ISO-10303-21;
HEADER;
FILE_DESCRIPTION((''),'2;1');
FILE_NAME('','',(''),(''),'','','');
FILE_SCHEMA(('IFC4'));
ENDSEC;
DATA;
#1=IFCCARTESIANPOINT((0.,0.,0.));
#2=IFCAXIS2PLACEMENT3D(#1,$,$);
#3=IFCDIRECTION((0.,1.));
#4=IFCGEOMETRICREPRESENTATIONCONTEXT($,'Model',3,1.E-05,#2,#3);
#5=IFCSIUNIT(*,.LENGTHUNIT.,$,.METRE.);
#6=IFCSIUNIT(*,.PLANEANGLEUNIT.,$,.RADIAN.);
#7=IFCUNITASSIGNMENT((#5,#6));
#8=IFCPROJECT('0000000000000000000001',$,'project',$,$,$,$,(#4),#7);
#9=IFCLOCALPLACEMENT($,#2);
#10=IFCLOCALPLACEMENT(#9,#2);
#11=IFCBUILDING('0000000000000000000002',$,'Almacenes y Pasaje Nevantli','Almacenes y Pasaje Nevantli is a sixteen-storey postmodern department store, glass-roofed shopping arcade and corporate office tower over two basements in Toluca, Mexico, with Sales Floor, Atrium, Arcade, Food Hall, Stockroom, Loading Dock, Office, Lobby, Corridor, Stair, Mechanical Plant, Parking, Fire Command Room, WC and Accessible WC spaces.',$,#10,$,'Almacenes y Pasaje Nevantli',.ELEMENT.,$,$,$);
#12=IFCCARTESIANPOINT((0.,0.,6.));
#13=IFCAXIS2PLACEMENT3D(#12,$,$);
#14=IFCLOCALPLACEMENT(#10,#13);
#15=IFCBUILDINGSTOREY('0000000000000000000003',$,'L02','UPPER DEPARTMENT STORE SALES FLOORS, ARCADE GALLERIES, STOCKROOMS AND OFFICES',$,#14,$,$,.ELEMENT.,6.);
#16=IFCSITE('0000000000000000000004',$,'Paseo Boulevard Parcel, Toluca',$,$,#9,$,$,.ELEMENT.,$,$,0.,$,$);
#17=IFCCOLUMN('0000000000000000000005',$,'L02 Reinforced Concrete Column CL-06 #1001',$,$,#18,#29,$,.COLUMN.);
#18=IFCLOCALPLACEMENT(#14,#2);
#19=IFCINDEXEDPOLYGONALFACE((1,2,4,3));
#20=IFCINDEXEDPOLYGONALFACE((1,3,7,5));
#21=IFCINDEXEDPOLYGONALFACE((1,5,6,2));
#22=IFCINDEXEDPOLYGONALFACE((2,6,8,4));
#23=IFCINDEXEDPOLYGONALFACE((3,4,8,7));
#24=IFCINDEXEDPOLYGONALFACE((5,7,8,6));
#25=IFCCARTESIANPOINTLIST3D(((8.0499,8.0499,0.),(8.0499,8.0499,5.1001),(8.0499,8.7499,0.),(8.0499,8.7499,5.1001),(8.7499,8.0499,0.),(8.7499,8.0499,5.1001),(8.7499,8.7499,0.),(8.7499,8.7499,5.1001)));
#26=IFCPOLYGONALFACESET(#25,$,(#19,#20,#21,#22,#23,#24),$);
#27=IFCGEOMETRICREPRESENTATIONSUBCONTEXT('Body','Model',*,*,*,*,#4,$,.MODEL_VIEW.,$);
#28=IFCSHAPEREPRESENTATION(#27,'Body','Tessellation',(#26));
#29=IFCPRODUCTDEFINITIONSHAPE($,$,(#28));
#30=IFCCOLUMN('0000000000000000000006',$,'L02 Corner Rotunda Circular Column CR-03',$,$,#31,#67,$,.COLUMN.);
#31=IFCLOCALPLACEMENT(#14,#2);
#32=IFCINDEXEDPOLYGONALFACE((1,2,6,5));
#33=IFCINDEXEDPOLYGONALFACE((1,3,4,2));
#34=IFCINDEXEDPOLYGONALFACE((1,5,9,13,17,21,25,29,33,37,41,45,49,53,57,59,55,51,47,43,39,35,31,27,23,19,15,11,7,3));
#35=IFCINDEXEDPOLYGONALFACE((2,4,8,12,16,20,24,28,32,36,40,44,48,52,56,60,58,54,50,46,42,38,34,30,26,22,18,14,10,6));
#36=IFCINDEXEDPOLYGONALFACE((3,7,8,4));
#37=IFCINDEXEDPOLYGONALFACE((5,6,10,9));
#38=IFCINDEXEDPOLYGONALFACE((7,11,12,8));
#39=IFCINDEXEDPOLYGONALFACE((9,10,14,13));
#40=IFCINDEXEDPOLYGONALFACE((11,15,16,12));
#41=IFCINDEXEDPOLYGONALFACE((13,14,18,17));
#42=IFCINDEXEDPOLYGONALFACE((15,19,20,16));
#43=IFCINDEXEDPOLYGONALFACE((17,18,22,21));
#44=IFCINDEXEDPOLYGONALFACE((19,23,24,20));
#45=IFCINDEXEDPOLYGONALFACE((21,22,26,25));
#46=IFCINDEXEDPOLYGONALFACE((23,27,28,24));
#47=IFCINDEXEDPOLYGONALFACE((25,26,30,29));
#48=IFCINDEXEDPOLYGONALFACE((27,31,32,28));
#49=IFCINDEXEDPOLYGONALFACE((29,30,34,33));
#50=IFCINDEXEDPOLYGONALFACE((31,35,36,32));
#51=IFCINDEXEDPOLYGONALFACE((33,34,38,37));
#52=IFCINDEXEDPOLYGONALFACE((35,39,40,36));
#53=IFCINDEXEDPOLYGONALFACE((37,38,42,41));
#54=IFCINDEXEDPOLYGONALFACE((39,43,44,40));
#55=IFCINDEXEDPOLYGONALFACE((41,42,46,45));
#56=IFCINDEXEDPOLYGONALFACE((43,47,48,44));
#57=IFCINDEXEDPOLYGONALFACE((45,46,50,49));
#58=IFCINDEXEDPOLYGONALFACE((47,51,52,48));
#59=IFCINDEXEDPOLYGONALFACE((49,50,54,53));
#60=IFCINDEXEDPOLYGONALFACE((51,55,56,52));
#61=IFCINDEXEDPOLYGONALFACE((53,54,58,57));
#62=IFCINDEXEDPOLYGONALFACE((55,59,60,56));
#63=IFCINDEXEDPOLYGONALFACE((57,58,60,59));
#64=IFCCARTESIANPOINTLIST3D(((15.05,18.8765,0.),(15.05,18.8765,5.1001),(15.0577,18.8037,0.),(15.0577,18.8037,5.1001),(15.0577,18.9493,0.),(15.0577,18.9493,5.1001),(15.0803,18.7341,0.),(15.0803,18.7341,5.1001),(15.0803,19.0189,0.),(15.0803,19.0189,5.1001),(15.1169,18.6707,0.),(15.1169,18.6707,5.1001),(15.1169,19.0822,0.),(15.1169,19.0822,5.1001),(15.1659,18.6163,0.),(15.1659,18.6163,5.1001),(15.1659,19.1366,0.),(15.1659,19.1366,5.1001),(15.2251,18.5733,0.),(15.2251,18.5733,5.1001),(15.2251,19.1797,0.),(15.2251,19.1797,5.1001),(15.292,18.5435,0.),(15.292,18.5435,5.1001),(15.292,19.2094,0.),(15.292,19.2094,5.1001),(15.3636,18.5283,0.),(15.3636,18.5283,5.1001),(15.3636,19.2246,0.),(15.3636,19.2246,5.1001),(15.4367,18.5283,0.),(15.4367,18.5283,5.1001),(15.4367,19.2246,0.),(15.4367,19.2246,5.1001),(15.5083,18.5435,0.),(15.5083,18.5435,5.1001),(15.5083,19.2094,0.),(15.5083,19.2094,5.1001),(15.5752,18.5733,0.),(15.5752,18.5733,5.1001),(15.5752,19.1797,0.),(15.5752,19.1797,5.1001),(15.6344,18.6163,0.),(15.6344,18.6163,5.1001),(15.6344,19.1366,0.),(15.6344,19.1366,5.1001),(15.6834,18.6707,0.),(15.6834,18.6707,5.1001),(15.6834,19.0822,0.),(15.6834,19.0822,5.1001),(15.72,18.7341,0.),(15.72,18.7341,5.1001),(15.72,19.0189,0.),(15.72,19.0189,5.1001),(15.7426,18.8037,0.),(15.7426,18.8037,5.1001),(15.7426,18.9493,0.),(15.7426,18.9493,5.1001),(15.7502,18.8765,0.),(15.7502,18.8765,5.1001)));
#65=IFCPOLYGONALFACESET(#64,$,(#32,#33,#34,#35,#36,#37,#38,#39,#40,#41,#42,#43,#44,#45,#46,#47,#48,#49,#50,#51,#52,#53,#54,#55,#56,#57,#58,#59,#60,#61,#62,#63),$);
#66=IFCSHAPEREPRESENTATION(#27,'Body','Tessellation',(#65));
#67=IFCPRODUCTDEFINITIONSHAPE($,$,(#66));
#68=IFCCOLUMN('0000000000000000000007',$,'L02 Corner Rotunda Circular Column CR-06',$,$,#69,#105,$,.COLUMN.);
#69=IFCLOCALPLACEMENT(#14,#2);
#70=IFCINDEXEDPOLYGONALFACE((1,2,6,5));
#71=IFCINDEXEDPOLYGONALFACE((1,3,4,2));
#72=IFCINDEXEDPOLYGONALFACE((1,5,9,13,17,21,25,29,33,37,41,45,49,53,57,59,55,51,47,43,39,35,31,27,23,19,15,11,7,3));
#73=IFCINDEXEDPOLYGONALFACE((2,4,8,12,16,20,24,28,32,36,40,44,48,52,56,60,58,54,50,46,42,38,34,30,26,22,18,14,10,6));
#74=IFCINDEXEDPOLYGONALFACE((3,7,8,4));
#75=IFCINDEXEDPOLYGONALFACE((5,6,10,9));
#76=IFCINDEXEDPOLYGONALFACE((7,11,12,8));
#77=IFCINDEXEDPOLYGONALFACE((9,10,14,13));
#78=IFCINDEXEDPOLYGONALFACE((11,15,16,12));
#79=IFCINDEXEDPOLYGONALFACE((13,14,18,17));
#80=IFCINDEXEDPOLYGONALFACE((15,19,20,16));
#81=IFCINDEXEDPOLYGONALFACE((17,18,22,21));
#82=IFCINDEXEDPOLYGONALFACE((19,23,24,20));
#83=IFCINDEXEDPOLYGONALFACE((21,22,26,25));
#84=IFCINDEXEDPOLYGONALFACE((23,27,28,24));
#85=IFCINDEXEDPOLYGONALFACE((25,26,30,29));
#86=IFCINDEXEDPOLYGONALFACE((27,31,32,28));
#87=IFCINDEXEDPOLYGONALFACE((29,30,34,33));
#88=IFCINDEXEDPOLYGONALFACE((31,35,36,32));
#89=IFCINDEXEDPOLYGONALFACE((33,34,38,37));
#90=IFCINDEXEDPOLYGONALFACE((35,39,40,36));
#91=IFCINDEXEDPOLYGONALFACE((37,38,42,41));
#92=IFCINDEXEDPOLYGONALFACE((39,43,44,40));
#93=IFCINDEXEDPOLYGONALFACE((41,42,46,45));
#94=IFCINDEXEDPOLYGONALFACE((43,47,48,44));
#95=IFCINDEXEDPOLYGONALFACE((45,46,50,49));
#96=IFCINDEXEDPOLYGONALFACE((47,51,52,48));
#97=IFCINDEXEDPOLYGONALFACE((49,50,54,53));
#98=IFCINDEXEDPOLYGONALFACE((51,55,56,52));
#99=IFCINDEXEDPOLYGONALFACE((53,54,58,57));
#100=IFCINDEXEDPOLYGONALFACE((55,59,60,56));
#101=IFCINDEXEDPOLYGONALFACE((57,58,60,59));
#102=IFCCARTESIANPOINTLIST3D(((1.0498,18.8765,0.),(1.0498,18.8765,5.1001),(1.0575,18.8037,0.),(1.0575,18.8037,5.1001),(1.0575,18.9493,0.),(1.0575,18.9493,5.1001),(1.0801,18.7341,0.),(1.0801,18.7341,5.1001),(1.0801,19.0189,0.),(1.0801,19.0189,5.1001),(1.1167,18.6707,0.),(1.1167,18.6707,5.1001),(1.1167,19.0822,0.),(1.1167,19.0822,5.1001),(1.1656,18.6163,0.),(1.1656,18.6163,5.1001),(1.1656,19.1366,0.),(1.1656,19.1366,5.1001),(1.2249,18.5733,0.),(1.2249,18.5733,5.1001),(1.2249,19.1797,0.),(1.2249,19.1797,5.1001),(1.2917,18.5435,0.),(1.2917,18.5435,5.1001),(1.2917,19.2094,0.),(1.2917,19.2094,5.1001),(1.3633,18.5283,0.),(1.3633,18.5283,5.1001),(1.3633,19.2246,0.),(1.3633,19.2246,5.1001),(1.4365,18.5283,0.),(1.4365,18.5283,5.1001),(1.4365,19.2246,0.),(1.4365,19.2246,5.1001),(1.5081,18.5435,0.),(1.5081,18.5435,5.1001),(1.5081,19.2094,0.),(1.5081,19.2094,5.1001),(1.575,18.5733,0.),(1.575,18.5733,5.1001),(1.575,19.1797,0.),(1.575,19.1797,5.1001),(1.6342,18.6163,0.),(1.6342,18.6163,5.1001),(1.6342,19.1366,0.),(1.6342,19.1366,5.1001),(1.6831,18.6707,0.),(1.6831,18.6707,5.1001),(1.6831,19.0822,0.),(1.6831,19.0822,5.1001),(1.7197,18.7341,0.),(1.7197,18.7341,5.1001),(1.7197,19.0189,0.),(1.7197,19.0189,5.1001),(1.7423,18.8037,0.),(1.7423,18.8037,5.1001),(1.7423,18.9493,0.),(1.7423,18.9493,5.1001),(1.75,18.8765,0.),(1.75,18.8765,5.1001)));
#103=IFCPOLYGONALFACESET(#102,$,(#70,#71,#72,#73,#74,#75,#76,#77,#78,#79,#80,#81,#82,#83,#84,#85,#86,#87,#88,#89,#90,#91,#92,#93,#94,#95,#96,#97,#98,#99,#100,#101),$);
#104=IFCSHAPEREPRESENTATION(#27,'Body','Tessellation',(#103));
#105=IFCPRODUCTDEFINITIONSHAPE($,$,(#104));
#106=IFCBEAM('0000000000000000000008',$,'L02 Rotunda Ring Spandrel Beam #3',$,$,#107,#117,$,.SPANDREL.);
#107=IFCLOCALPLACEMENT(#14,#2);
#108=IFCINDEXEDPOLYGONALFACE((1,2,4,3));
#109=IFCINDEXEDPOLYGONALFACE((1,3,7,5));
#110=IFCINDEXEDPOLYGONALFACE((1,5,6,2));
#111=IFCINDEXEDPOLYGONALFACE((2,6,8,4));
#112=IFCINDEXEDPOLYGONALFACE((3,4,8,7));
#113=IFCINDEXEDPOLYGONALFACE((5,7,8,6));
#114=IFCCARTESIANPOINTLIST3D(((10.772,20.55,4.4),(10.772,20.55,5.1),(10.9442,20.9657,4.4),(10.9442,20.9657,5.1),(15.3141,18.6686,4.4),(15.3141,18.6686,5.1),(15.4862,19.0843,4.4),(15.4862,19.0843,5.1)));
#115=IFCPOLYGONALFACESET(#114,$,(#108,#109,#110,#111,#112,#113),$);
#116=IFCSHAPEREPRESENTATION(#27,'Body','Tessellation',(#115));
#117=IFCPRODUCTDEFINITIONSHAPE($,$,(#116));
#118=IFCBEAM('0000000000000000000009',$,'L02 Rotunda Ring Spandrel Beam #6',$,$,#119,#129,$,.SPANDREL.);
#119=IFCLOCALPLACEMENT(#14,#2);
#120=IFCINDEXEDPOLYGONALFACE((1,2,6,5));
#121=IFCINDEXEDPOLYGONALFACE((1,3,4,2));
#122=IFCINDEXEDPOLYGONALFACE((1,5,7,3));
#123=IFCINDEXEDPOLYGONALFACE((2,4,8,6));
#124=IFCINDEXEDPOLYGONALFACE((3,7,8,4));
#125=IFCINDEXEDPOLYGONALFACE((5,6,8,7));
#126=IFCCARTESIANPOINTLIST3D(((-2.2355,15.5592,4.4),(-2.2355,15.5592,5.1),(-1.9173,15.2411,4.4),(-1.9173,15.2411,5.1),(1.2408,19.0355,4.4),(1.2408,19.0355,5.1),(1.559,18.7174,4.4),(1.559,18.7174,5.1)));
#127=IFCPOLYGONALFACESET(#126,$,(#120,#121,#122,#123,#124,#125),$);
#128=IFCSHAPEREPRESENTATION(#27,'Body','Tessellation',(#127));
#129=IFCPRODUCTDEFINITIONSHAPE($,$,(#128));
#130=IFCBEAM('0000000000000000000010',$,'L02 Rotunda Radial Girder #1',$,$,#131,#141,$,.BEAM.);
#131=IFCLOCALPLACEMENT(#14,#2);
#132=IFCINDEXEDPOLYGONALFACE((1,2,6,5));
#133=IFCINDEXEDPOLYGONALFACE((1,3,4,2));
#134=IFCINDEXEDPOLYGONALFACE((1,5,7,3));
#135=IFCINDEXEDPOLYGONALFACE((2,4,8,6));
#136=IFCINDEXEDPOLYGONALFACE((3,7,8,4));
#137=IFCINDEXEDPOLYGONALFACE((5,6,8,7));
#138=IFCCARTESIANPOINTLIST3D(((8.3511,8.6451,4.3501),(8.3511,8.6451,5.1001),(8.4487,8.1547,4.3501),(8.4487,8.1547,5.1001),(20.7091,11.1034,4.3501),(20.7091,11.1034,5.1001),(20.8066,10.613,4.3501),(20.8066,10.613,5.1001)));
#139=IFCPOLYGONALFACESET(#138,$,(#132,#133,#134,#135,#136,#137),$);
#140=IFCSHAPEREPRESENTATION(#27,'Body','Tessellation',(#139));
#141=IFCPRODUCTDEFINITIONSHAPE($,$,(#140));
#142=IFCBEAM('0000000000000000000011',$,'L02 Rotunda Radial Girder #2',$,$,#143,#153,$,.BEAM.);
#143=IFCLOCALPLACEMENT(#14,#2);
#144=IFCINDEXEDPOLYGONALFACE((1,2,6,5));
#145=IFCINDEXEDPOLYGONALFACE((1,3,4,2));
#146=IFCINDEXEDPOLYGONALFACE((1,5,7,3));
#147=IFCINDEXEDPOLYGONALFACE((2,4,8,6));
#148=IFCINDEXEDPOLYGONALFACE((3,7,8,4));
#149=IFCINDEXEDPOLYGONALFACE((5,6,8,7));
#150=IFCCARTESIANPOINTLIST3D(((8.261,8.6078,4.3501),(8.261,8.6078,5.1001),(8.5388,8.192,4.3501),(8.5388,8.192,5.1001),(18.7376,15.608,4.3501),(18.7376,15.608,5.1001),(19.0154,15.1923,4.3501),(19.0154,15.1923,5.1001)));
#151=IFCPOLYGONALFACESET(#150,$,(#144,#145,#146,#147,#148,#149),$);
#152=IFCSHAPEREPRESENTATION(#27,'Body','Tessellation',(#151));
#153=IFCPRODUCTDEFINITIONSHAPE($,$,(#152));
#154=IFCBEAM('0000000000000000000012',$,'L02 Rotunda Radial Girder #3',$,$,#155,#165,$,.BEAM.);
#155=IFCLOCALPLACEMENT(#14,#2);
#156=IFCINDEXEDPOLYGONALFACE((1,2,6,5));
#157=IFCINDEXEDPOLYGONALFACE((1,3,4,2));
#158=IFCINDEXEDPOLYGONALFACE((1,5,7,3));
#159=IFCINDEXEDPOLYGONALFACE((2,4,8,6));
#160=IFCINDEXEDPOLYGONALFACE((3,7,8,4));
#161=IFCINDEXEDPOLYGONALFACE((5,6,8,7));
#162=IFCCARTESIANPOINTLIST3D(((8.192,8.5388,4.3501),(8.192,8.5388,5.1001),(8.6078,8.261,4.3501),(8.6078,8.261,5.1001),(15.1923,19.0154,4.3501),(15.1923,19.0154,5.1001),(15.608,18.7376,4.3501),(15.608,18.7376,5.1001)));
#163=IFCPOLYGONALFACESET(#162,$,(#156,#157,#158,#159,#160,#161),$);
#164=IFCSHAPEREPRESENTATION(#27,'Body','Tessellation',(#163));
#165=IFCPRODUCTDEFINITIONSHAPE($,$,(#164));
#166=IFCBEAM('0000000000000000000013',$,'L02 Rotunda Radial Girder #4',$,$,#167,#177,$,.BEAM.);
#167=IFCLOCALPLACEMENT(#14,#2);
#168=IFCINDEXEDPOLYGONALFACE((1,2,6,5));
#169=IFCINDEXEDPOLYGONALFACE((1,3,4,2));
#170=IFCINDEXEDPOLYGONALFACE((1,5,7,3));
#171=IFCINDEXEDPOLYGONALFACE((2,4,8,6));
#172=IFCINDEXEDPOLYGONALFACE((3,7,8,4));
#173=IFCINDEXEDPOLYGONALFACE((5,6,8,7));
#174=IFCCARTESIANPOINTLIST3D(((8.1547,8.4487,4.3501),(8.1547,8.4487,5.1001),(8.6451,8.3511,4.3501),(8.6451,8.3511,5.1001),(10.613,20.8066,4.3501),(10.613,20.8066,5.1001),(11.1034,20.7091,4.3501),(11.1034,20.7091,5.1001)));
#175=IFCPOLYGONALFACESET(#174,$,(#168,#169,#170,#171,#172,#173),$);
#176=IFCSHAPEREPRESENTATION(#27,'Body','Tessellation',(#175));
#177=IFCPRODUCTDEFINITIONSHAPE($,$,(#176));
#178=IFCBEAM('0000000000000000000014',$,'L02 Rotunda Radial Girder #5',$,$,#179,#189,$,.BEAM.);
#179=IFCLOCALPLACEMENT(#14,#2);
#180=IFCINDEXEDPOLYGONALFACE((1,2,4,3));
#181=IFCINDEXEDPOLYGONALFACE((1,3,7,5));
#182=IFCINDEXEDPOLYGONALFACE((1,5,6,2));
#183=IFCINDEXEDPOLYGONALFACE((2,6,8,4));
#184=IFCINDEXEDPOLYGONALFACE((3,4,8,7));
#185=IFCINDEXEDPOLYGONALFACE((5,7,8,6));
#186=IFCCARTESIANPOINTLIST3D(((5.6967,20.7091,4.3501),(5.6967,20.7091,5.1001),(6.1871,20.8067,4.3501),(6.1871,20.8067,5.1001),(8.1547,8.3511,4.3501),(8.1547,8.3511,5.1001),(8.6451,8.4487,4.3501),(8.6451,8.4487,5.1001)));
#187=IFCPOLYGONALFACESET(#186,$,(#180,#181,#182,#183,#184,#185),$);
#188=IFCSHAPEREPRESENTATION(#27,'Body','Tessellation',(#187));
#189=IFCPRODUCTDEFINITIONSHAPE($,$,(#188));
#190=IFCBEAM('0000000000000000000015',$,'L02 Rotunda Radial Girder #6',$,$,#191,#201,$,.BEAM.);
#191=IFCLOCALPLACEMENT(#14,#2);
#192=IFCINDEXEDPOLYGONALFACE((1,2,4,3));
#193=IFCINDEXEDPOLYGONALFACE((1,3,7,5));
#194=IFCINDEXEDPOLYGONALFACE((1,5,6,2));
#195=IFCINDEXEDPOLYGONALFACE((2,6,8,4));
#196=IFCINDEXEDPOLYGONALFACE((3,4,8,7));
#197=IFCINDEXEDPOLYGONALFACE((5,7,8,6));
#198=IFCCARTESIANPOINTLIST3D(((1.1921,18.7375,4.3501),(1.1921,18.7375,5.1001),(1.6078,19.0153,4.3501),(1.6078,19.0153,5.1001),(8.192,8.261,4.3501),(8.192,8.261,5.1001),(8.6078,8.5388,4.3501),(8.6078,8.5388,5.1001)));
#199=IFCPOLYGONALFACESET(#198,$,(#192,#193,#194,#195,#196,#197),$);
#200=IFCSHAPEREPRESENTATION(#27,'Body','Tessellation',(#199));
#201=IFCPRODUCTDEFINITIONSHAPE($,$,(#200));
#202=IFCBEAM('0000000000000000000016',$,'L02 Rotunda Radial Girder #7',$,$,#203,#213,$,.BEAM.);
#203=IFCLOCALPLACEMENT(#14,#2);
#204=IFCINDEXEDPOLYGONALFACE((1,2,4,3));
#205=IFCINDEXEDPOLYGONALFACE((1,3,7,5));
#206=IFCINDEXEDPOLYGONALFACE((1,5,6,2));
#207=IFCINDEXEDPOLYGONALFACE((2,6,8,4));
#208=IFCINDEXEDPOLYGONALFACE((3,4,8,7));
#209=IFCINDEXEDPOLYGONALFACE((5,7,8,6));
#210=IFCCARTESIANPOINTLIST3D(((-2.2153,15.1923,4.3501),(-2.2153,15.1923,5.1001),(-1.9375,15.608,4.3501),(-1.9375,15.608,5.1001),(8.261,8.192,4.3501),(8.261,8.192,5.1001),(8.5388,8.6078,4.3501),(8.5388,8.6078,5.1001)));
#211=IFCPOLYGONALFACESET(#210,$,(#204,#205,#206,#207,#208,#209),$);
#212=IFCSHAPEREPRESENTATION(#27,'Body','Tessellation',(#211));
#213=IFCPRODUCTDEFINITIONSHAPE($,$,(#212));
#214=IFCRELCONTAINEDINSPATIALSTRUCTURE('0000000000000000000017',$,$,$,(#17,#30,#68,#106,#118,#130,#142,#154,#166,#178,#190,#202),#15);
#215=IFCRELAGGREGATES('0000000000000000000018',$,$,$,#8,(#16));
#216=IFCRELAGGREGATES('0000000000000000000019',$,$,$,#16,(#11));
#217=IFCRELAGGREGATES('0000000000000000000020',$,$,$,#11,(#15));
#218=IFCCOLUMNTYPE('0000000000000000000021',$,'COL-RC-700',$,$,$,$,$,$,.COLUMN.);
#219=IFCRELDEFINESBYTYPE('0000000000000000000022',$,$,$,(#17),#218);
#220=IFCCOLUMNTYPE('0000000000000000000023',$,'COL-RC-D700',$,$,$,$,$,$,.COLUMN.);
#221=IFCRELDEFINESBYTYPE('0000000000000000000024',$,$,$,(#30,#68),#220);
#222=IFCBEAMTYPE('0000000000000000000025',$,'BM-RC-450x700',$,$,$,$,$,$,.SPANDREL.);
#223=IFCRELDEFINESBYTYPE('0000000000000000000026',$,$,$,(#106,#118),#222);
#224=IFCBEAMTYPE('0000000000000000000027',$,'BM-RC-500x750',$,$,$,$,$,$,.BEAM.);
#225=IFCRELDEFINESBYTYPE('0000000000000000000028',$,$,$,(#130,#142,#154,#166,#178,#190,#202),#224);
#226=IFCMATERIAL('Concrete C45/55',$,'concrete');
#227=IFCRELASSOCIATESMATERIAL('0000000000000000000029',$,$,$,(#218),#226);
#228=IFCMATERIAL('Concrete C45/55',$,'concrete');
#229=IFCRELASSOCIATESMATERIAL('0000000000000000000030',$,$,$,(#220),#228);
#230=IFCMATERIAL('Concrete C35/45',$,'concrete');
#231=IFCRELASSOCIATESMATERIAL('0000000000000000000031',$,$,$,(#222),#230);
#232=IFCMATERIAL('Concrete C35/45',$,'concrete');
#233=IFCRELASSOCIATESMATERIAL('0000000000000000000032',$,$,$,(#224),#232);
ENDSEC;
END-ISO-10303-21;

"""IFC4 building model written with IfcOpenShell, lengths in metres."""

from ifc_helpers import new_model, si_unit, direction, frame, origin, origin_2d, place, context, subcontext, project, spatial, rectangle, circle, extrude, material, material_profile, profile_set, type_object, element, save


model = new_model("IFC4")

# Units and contexts
model_context = context("Model", 3, precision=1e-05, world=origin(), true_north=direction((0.0, 1.0)))
body_context = subcontext(model_context, "Body", "Model", "MODEL_VIEW")
ifc_project = project(units=[si_unit("LENGTHUNIT", "METRE"), si_unit("PLANEANGLEUNIT", "RADIAN")], contexts=[model_context])

# Site, building, storey
site_placement = place(None, origin())
site = spatial("IfcSite", under=ifc_project, at=site_placement, Name="Paseo Boulevard Parcel, Toluca", CompositionType="ELEMENT", RefElevation=0.0)
building_placement = place(site_placement, origin())
building = spatial("IfcBuilding", under=site, at=building_placement, Name="Almacenes y Pasaje Nevantli", Description="Almacenes y Pasaje Nevantli is a sixteen-storey postmodern department store, glass-roofed shopping arcade and corporate office tower over two basements in Toluca, Mexico, with Sales Floor, Atrium, Arcade, Food Hall, Stockroom, Loading Dock, Office, Lobby, Corridor, Stair, Mechanical Plant, Parking, Fire Command Room, WC and Accessible WC spaces.", LongName="Almacenes y Pasaje Nevantli", CompositionType="ELEMENT")
storey_placement = place(building_placement, frame((0.0, 0.0, 6.0)))
storey = spatial("IfcBuildingStorey", under=building, at=storey_placement, Name="L02", Description="UPPER DEPARTMENT STORE SALES FLOORS, ARCADE GALLERIES, STOCKROOMS AND OFFICES", CompositionType="ELEMENT", Elevation=6.0)

# Columns
ifc_material_1 = material(Name="Concrete C45/55", Category="concrete")
ifc_material_profile_1 = material_profile(ifc_material_1, rectangle(XDim=0.7, YDim=0.7, at=origin_2d()), Name="RC-COL-700x700")
ifc_profile_set_1 = profile_set([ifc_material_profile_1], Name="Concrete C45/55")
column_type_1 = type_object("IfcColumnType", Name="COL-RC-700", PredefinedType="COLUMN", material=ifc_profile_set_1)
column_placement = place(storey_placement, frame((8.3999, 8.3999, 0.0), z_axis=(0.0, 0.0, 1.0), x_axis=(1.0, 0.0, 0.0)))
element("IfcColumn", 1, at=column_placement, inside=storey, type_object=column_type_1, Name="L02 Reinforced Concrete Column CL-06 #1001", PredefinedType="COLUMN", context=body_context, shape_type="SweptSolid", body=[
    extrude(rectangle(XDim=0.7, YDim=0.7, at=origin_2d()), origin(), (0.0, 0.0, 1.0), 5.1001),
])
ifc_material_2 = material(Name="Concrete C45/55", Category="concrete")
ifc_material_profile_2 = material_profile(ifc_material_2, circle(Radius=0.3501, at=origin_2d()), Name="RC-COL-D700")
ifc_profile_set_2 = profile_set([ifc_material_profile_2], Name="Concrete C45/55")
column_type_2 = type_object("IfcColumnType", Name="COL-RC-D700", PredefinedType="COLUMN", material=ifc_profile_set_2)
for number, where, z_axis, x_axis, name in (
    (2, (15.4001, 18.8765, 0.0), (0.0, 0.0, 1.0), (1.0, 0.0, 0.0), "L02 Corner Rotunda Circular Column CR-03"),
    (3, (1.3999, 18.8765, 0.0), (0.0, 0.0, 1.0), (1.0, 0.0, 0.0), "L02 Corner Rotunda Circular Column CR-06"),
):
    element("IfcColumn", number, at=place(storey_placement, frame(where, z_axis=z_axis, x_axis=x_axis)), inside=storey, type_object=column_type_2, Name=name, PredefinedType="COLUMN", context=body_context, shape_type="SweptSolid", body=[
        extrude(circle(Radius=0.3501, at=origin_2d()), origin(), (0.0, 0.0, 1.0), 5.1001),
    ])

# Beams
ifc_material_3 = material(Name="Concrete C35/45", Category="concrete")
ifc_material_profile_3 = material_profile(ifc_material_3, rectangle(XDim=0.45, YDim=0.7, at=origin_2d()), Name="RC-BM-450x700")
ifc_profile_set_3 = profile_set([ifc_material_profile_3], Name="Concrete C35/45")
beam_type_1 = type_object("IfcBeamType", Name="BM-RC-450x700", PredefinedType="SPANDREL", material=ifc_profile_set_3)
for number, where, z_axis, x_axis, name in (
    (4, (15.4001, 18.8765, 4.75), (-0.92388, 0.382682, 0.0), (-0.382682, -0.92388, 0.0), "L02 Rotunda Ring Spandrel Beam #3"),
    (5, (1.3999, 18.8765, 4.75), (-0.707107, -0.707107, 0.0), (0.707107, -0.707107, 0.0), "L02 Rotunda Ring Spandrel Beam #6"),
):
    element("IfcBeam", number, at=place(storey_placement, frame(where, z_axis=z_axis, x_axis=x_axis)), inside=storey, type_object=beam_type_1, Name=name, PredefinedType="SPANDREL", context=body_context, shape_type="SweptSolid", body=[
        extrude(rectangle(XDim=0.45, YDim=0.7, at=origin_2d()), origin(), (0.0, 0.0, 1.0), 4.9163),
    ])
ifc_material_4 = material(Name="Concrete C35/45", Category="concrete")
ifc_material_profile_4 = material_profile(ifc_material_4, rectangle(XDim=0.5, YDim=0.75, at=origin_2d()), Name="RC-BM-500x750")
ifc_profile_set_4 = profile_set([ifc_material_profile_4], Name="Concrete C35/45")
beam_type_2 = type_object("IfcBeamType", Name="BM-RC-500x750", PredefinedType="BEAM", material=ifc_profile_set_4)
for number, where, z_axis, x_axis, name in (
    (6, (8.3999, 8.3999, 4.7251), (0.980784, 0.195099, 0.0), (-0.195099, 0.980784, 0.0), "L02 Rotunda Radial Girder #1"),
    (7, (8.3999, 8.3999, 4.7251), (0.831469, 0.555572, 0.0), (-0.555572, 0.831469, 0.0), "L02 Rotunda Radial Girder #2"),
    (8, (8.3999, 8.3999, 4.7251), (0.555572, 0.831469, 0.0), (-0.831469, 0.555572, 0.0), "L02 Rotunda Radial Girder #3"),
    (9, (8.3999, 8.3999, 4.7251), (0.195099, 0.980784, 0.0), (-0.980784, 0.195099, 0.0), "L02 Rotunda Radial Girder #4"),
    (10, (8.3999, 8.3999, 4.7251), (-0.19508, 0.980787, 0.0), (-0.980787, -0.19508, 0.0), "L02 Rotunda Radial Girder #5"),
):
    element("IfcBeam", number, at=place(storey_placement, frame(where, z_axis=z_axis, x_axis=x_axis)), inside=storey, type_object=beam_type_2, Name=name, PredefinedType="BEAM", context=body_context, shape_type="SweptSolid", body=[
        extrude(rectangle(XDim=0.5, YDim=0.75, at=origin_2d()), origin(), (0.0, 0.0, 1.0), 12.6001),
    ])
for number, where, z_axis, x_axis, name in (
    (11, (8.3999, 8.3999, 4.7251), (-0.555558, 0.831478, 0.0), (-0.831478, -0.555558, 0.0), "L02 Rotunda Radial Girder #6"),
    (12, (8.3999, 8.3999, 4.7251), (-0.831463, 0.555581, 0.0), (-0.555581, -0.831463, 0.0), "L02 Rotunda Radial Girder #7"),
):
    element("IfcBeam", number, at=place(storey_placement, frame(where, z_axis=z_axis, x_axis=x_axis)), inside=storey, type_object=beam_type_2, Name=name, PredefinedType="BEAM", context=body_context, shape_type="SweptSolid", body=[
        extrude(rectangle(XDim=0.5, YDim=0.75, at=origin_2d()), origin(), (0.0, 0.0, 1.0), 12.5999),
    ])

save(model, "model.ifc")
